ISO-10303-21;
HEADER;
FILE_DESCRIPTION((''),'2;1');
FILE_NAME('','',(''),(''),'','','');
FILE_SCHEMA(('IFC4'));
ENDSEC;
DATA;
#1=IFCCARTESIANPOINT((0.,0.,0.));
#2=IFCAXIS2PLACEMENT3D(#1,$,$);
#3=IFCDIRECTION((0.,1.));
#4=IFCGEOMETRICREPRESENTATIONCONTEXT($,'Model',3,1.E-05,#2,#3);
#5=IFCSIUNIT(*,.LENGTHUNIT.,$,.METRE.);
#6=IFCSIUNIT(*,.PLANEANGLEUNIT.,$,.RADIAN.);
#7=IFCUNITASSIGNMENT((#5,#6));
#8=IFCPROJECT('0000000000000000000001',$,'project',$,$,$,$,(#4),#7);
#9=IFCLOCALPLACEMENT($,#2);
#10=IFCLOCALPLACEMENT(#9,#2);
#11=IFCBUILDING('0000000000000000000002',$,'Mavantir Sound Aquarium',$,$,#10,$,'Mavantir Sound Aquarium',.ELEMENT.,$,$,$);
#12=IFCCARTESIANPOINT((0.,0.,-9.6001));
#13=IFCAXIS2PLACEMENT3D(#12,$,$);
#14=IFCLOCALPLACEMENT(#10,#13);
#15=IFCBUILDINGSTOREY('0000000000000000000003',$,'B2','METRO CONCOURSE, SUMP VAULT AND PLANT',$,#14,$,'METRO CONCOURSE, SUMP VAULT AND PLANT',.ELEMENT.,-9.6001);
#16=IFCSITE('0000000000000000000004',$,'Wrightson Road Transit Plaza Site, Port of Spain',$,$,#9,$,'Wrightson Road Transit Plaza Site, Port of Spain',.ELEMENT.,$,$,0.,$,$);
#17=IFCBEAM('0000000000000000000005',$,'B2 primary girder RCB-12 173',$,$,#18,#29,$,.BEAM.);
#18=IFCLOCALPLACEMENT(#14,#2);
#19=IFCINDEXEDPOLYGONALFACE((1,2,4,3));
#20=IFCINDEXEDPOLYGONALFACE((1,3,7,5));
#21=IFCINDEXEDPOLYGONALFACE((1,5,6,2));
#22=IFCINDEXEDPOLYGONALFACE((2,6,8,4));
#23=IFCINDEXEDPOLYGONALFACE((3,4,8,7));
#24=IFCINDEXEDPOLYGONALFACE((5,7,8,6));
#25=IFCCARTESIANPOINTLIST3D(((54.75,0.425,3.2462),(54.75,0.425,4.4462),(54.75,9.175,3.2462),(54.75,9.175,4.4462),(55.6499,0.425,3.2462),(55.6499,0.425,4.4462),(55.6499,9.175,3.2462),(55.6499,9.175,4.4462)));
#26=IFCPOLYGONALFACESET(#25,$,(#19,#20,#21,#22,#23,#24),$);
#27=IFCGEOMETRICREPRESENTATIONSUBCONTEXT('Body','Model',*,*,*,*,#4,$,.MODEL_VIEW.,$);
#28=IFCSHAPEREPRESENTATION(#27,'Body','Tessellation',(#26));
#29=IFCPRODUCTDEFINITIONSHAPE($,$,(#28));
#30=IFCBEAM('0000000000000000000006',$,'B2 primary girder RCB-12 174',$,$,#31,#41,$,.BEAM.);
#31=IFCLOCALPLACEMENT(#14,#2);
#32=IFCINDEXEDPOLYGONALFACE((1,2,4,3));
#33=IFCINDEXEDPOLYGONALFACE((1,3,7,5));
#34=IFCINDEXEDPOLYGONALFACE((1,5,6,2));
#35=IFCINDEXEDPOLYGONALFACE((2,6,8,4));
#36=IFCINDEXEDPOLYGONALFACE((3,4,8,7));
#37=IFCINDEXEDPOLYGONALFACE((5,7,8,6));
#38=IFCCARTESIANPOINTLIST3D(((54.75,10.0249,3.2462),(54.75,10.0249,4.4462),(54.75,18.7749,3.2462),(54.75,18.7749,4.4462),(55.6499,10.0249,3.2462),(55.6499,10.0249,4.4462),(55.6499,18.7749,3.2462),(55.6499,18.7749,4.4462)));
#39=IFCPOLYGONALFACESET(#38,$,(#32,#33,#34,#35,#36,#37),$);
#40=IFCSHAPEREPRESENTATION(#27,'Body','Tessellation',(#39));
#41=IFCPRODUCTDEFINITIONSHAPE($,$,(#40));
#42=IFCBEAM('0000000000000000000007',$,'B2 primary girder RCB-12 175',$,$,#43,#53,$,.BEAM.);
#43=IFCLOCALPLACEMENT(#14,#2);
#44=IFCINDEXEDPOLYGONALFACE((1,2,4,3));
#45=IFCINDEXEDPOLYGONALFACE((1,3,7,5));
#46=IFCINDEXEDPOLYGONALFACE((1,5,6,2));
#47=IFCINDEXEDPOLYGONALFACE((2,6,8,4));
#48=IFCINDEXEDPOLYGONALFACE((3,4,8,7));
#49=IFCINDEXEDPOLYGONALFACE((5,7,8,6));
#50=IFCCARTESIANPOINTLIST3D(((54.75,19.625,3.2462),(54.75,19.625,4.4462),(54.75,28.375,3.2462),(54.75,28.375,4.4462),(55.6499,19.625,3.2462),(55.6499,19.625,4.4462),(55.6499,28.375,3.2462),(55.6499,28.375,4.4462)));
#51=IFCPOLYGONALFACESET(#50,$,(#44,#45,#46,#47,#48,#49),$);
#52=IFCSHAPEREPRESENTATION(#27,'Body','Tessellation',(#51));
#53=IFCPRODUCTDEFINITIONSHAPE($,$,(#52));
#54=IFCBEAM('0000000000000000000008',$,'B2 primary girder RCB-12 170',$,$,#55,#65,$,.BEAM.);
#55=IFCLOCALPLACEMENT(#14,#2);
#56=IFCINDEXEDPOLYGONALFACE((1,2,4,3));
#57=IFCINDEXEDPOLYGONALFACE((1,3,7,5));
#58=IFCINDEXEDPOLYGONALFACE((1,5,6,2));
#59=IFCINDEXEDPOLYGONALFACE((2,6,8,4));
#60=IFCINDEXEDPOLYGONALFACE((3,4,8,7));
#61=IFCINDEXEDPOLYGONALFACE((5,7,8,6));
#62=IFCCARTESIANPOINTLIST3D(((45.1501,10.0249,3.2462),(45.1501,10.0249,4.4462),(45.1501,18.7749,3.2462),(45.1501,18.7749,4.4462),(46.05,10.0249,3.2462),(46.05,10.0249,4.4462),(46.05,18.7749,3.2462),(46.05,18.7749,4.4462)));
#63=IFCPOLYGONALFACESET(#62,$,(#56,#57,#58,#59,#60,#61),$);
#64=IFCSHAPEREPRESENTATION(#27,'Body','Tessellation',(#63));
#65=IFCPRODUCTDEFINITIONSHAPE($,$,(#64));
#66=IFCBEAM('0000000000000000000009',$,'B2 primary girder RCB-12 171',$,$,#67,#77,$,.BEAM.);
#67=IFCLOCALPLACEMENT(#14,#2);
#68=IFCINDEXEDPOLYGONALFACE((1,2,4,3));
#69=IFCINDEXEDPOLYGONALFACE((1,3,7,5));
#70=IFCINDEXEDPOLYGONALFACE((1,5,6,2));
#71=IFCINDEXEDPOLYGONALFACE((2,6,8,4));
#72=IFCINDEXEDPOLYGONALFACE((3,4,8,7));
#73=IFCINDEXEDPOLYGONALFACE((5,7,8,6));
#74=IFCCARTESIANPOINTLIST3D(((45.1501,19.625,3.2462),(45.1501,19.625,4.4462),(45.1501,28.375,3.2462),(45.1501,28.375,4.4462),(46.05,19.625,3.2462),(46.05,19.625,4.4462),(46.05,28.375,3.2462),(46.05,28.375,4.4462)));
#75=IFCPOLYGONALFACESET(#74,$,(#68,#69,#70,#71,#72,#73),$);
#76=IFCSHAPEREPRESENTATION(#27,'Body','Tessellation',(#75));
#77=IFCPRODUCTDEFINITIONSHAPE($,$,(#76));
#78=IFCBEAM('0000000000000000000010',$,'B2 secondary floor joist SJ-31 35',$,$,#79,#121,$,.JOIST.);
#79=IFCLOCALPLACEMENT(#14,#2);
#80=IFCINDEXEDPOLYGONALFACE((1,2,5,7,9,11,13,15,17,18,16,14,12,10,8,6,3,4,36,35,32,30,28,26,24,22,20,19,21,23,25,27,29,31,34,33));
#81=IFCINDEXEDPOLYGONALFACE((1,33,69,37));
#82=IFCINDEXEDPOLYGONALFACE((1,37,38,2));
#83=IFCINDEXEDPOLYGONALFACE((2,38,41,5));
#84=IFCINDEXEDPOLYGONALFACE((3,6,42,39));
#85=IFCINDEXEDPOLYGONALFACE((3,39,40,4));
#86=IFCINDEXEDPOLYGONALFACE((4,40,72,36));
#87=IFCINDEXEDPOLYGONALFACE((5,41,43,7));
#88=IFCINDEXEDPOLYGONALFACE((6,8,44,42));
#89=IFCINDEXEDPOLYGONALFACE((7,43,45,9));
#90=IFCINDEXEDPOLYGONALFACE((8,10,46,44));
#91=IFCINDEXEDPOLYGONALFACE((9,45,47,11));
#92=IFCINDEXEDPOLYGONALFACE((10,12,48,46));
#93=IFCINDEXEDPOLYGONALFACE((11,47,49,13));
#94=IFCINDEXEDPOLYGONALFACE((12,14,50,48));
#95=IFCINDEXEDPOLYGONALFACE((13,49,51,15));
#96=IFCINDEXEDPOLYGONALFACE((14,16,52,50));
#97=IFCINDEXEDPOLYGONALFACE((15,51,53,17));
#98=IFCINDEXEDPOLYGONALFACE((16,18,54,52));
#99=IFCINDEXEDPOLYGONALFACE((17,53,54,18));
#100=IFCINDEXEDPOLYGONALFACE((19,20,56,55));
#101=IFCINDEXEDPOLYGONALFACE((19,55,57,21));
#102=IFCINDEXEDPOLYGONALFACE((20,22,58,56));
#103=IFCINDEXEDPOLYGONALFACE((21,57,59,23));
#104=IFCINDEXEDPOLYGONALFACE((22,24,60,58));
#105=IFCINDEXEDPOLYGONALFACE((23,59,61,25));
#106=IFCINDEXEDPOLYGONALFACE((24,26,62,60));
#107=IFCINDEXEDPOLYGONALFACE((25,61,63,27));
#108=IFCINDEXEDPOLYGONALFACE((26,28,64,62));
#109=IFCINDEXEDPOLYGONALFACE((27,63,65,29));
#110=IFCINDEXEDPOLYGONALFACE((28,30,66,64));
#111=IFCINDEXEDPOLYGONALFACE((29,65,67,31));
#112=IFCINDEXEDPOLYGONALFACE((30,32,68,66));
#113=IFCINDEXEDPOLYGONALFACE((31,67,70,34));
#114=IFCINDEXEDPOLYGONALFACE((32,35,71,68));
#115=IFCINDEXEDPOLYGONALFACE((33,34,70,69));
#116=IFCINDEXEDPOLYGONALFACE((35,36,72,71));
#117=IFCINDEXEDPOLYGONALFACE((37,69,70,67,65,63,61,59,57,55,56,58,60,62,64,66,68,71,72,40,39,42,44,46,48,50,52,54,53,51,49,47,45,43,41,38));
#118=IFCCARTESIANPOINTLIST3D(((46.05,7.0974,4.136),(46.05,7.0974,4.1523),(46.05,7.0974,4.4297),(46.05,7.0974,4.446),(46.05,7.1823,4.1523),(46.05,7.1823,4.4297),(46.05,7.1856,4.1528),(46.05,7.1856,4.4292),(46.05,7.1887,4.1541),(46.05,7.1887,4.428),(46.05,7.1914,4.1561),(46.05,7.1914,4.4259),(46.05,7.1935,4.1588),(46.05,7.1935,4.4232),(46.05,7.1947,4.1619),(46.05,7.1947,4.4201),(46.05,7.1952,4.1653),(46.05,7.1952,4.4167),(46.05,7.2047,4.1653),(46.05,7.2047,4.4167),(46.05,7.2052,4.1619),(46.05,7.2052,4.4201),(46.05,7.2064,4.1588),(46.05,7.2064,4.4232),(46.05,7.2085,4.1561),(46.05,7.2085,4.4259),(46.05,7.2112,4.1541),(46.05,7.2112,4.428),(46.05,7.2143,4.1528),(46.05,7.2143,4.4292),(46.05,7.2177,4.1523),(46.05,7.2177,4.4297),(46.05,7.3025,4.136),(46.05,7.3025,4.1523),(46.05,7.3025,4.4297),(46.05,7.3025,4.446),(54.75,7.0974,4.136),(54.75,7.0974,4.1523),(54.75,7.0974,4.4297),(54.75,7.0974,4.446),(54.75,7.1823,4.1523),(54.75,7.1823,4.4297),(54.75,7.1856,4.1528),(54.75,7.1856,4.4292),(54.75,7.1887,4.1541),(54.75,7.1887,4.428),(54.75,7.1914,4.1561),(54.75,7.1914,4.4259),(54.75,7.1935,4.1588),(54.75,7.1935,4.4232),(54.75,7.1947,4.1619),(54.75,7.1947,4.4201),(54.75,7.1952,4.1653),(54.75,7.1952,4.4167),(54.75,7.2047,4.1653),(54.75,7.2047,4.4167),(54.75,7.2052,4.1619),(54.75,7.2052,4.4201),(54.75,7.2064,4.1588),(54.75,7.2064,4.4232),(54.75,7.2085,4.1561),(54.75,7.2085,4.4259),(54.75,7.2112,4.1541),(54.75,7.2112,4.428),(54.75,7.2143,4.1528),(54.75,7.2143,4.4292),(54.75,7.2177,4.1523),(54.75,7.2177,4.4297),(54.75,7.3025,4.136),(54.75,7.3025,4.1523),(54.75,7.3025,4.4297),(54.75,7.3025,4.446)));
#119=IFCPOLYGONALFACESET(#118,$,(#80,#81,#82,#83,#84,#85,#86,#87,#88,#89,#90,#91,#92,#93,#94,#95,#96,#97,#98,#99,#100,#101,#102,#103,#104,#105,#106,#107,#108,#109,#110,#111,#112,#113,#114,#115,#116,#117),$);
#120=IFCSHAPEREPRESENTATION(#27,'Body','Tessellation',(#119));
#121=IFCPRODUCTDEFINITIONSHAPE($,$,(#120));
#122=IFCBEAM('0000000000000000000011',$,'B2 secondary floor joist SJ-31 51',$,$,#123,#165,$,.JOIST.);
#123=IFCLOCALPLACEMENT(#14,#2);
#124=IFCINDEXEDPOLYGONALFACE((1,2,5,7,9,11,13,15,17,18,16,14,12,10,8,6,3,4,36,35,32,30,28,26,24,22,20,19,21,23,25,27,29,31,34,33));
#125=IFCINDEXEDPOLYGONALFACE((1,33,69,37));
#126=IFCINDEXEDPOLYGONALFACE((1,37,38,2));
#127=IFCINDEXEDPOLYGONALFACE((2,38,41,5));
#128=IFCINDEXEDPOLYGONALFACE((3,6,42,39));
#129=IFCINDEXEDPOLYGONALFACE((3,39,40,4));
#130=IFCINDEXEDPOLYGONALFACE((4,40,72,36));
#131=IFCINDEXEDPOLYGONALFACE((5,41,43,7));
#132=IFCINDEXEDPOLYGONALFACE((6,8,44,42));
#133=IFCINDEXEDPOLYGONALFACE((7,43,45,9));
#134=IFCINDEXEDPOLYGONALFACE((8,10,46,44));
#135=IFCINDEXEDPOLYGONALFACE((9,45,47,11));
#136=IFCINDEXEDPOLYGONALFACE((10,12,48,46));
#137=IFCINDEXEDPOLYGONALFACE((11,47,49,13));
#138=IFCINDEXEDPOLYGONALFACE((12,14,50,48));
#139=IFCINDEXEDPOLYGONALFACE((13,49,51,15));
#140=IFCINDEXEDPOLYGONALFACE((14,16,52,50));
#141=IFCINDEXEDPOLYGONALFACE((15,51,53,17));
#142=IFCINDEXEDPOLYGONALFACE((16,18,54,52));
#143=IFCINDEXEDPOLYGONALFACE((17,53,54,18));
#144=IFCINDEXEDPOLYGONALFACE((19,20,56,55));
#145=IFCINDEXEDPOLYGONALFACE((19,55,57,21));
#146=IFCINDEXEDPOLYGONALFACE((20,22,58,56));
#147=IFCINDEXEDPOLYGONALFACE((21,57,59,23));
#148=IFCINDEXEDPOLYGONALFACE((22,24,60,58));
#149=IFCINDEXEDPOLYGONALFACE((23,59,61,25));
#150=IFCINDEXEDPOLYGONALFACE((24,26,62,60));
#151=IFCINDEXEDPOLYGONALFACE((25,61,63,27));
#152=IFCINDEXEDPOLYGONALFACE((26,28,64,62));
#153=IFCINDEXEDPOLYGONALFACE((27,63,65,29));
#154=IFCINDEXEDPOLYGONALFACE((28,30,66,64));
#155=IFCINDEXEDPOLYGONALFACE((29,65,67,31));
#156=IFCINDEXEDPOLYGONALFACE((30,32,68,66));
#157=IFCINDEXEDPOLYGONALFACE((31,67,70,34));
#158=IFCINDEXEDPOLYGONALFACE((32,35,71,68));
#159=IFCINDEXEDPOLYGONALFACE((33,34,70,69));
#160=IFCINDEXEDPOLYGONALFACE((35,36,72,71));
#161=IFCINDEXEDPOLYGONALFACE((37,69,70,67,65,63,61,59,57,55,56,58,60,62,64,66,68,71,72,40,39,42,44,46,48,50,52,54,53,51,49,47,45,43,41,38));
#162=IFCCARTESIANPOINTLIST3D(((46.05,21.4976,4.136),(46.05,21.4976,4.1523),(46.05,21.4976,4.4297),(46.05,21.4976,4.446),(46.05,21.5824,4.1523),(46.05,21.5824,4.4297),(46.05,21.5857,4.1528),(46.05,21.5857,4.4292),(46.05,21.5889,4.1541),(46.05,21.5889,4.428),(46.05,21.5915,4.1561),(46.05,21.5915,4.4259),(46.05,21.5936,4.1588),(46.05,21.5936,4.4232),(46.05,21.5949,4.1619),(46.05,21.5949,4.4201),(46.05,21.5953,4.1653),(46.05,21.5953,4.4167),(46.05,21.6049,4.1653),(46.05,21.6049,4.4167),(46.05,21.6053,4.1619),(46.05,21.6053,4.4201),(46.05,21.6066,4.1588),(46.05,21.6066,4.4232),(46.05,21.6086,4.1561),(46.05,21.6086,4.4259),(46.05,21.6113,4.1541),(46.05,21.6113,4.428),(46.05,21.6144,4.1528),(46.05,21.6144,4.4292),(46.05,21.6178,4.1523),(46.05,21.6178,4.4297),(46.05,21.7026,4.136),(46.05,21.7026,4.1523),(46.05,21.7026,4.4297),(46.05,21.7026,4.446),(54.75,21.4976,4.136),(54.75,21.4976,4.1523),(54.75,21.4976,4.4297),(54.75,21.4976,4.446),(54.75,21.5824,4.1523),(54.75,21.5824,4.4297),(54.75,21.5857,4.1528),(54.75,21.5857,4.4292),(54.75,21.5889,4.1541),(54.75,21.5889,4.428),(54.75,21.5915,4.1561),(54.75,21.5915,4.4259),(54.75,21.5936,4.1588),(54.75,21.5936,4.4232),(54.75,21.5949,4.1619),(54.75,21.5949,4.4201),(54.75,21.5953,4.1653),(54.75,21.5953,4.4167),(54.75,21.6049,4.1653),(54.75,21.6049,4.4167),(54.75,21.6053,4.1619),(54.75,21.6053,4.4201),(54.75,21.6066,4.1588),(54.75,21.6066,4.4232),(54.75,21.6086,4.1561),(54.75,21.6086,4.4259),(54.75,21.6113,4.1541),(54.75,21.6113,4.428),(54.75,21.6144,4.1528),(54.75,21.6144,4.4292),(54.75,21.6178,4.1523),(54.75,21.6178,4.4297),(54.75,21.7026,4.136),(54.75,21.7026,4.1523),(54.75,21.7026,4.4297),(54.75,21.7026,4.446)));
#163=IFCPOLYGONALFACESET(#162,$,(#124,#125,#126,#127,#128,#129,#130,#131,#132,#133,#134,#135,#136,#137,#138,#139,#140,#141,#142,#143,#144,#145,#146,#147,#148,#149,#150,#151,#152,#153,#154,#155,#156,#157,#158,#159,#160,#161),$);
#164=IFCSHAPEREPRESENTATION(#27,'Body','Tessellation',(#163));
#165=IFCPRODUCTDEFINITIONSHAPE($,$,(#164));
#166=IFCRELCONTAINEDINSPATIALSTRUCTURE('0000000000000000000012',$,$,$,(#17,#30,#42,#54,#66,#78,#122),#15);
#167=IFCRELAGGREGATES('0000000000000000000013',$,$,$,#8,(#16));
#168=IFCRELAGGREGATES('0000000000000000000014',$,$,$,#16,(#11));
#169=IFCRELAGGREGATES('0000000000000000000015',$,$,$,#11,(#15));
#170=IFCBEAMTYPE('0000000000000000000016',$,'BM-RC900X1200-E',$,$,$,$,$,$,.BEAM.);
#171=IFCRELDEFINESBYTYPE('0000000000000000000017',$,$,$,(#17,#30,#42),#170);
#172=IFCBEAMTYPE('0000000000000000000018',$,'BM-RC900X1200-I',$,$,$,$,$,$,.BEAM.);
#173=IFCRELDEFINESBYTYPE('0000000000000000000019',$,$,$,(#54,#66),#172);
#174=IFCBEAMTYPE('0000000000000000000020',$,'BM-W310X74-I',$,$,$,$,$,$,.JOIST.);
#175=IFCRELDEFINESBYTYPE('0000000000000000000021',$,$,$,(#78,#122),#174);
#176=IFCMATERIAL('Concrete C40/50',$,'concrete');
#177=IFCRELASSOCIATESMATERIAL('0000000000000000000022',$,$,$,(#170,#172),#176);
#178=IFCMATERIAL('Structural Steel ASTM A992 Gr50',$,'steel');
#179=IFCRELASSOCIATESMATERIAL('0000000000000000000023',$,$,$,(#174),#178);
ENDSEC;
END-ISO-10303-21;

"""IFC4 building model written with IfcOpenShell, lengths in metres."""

from ifc_helpers import new_model, si_unit, direction, frame, origin, origin_2d, place, context, subcontext, project, spatial, rectangle, i_section, extrude, material, material_profile, profile_set, type_object, element, save


model = new_model("IFC4")

# Units and contexts
model_context = context("Model", 3, precision=1e-05, world=origin(), true_north=direction((0.0, 1.0)))
body_context = subcontext(model_context, "Body", "Model", "MODEL_VIEW")
ifc_project = project(units=[si_unit("LENGTHUNIT", "METRE"), si_unit("PLANEANGLEUNIT", "RADIAN")], contexts=[model_context])

# Site, building, storey
site_placement = place(None, origin())
site = spatial("IfcSite", under=ifc_project, at=site_placement, Name="Wrightson Road Transit Plaza Site, Port of Spain", LongName="Wrightson Road Transit Plaza Site, Port of Spain", CompositionType="ELEMENT", RefElevation=0.0)
building_placement = place(site_placement, origin())
building = spatial("IfcBuilding", under=site, at=building_placement, Name="Mavantir Sound Aquarium", LongName="Mavantir Sound Aquarium", CompositionType="ELEMENT")
storey_placement = place(building_placement, frame((0.0, 0.0, -9.6001)))
storey = spatial("IfcBuildingStorey", under=building, at=storey_placement, Name="B2", Description="METRO CONCOURSE, SUMP VAULT AND PLANT", LongName="METRO CONCOURSE, SUMP VAULT AND PLANT", CompositionType="ELEMENT", Elevation=-9.6001)

# Shared definitions
ifc_material_1 = material(Name="Concrete C40/50", Category="concrete")

# Beams
ifc_material_profile_1 = material_profile(ifc_material_1, rectangle(XDim=0.8999, YDim=1.2, at=origin_2d()), Name="RC 900X1200")
ifc_profile_set_1 = profile_set([ifc_material_profile_1], Name="Concrete C40/50")
beam_type_1 = type_object("IfcBeamType", Name="BM-RC900X1200-E", PredefinedType="BEAM", material=ifc_profile_set_1)
for number, where, z_axis, x_axis, name in (
    (1, (55.2, 0.425, 3.8462), (0.0, 1.0, 0.0), (-1.0, 0.0, 0.0), "B2 primary girder RCB-12 173"),
    (2, (55.2, 10.0249, 3.8462), (0.0, 1.0, 0.0), (-1.0, 0.0, 0.0), "B2 primary girder RCB-12 174"),
    (3, (55.2, 19.625, 3.8462), (0.0, 1.0, 0.0), (-1.0, 0.0, 0.0), "B2 primary girder RCB-12 175"),
):
    element("IfcBeam", number, at=place(storey_placement, frame(where, z_axis=z_axis, x_axis=x_axis)), inside=storey, type_object=beam_type_1, Name=name, PredefinedType="BEAM", context=body_context, shape_type="SweptSolid", body=[
        extrude(rectangle(XDim=0.8999, YDim=1.2, at=origin_2d()), origin(), (0.0, 0.0, 1.0), 8.75),
    ])
ifc_material_profile_2 = material_profile(ifc_material_1, rectangle(XDim=0.8999, YDim=1.2, at=origin_2d()), Name="RC 900X1200")
ifc_profile_set_2 = profile_set([ifc_material_profile_2], Name="Concrete C40/50")
beam_type_2 = type_object("IfcBeamType", Name="BM-RC900X1200-I", PredefinedType="BEAM", material=ifc_profile_set_2)
for number, where, z_axis, x_axis, name in (
    (4, (45.6001, 10.0249, 3.8462), (0.0, 1.0, 0.0), (-1.0, 0.0, 0.0), "B2 primary girder RCB-12 170"),
    (5, (45.6001, 19.625, 3.8462), (0.0, 1.0, 0.0), (-1.0, 0.0, 0.0), "B2 primary girder RCB-12 171"),
):
    element("IfcBeam", number, at=place(storey_placement, frame(where, z_axis=z_axis, x_axis=x_axis)), inside=storey, type_object=beam_type_2, Name=name, PredefinedType="BEAM", context=body_context, shape_type="SweptSolid", body=[
        extrude(rectangle(XDim=0.8999, YDim=1.2, at=origin_2d()), origin(), (0.0, 0.0, 1.0), 8.75),
    ])
ifc_material_2 = material(Name="Structural Steel ASTM A992 Gr50", Category="steel")
ifc_material_profile_3 = material_profile(ifc_material_2, i_section(OverallWidth=0.2051, OverallDepth=0.3101, WebThickness=0.0095, FlangeThickness=0.0164, FilletRadius=0.0129, at=origin_2d()), Name="W310X74")
ifc_profile_set_3 = profile_set([ifc_material_profile_3], Name="Structural Steel ASTM A992 Gr50")
beam_type_3 = type_object("IfcBeamType", Name="BM-W310X74-I", PredefinedType="JOIST", material=ifc_profile_set_3)
for number, where, z_axis, x_axis, name in (
    (6, (46.05, 7.2, 4.291), (1.0, 0.0, 0.0), (0.0, 1.0, 0.0), "B2 secondary floor joist SJ-31 35"),
    (7, (46.05, 21.6001, 4.291), (1.0, 0.0, 0.0), (0.0, 1.0, 0.0), "B2 secondary floor joist SJ-31 51"),
):
    element("IfcBeam", number, at=place(storey_placement, frame(where, z_axis=z_axis, x_axis=x_axis)), inside=storey, type_object=beam_type_3, Name=name, PredefinedType="JOIST", context=body_context, shape_type="SweptSolid", body=[
        extrude(i_section(OverallWidth=0.2051, OverallDepth=0.3101, WebThickness=0.0095, FlangeThickness=0.0164, FilletRadius=0.0129, at=origin_2d()), origin(), (0.0, 0.0, 1.0), 8.7),
    ])

save(model, "model.ifc")
